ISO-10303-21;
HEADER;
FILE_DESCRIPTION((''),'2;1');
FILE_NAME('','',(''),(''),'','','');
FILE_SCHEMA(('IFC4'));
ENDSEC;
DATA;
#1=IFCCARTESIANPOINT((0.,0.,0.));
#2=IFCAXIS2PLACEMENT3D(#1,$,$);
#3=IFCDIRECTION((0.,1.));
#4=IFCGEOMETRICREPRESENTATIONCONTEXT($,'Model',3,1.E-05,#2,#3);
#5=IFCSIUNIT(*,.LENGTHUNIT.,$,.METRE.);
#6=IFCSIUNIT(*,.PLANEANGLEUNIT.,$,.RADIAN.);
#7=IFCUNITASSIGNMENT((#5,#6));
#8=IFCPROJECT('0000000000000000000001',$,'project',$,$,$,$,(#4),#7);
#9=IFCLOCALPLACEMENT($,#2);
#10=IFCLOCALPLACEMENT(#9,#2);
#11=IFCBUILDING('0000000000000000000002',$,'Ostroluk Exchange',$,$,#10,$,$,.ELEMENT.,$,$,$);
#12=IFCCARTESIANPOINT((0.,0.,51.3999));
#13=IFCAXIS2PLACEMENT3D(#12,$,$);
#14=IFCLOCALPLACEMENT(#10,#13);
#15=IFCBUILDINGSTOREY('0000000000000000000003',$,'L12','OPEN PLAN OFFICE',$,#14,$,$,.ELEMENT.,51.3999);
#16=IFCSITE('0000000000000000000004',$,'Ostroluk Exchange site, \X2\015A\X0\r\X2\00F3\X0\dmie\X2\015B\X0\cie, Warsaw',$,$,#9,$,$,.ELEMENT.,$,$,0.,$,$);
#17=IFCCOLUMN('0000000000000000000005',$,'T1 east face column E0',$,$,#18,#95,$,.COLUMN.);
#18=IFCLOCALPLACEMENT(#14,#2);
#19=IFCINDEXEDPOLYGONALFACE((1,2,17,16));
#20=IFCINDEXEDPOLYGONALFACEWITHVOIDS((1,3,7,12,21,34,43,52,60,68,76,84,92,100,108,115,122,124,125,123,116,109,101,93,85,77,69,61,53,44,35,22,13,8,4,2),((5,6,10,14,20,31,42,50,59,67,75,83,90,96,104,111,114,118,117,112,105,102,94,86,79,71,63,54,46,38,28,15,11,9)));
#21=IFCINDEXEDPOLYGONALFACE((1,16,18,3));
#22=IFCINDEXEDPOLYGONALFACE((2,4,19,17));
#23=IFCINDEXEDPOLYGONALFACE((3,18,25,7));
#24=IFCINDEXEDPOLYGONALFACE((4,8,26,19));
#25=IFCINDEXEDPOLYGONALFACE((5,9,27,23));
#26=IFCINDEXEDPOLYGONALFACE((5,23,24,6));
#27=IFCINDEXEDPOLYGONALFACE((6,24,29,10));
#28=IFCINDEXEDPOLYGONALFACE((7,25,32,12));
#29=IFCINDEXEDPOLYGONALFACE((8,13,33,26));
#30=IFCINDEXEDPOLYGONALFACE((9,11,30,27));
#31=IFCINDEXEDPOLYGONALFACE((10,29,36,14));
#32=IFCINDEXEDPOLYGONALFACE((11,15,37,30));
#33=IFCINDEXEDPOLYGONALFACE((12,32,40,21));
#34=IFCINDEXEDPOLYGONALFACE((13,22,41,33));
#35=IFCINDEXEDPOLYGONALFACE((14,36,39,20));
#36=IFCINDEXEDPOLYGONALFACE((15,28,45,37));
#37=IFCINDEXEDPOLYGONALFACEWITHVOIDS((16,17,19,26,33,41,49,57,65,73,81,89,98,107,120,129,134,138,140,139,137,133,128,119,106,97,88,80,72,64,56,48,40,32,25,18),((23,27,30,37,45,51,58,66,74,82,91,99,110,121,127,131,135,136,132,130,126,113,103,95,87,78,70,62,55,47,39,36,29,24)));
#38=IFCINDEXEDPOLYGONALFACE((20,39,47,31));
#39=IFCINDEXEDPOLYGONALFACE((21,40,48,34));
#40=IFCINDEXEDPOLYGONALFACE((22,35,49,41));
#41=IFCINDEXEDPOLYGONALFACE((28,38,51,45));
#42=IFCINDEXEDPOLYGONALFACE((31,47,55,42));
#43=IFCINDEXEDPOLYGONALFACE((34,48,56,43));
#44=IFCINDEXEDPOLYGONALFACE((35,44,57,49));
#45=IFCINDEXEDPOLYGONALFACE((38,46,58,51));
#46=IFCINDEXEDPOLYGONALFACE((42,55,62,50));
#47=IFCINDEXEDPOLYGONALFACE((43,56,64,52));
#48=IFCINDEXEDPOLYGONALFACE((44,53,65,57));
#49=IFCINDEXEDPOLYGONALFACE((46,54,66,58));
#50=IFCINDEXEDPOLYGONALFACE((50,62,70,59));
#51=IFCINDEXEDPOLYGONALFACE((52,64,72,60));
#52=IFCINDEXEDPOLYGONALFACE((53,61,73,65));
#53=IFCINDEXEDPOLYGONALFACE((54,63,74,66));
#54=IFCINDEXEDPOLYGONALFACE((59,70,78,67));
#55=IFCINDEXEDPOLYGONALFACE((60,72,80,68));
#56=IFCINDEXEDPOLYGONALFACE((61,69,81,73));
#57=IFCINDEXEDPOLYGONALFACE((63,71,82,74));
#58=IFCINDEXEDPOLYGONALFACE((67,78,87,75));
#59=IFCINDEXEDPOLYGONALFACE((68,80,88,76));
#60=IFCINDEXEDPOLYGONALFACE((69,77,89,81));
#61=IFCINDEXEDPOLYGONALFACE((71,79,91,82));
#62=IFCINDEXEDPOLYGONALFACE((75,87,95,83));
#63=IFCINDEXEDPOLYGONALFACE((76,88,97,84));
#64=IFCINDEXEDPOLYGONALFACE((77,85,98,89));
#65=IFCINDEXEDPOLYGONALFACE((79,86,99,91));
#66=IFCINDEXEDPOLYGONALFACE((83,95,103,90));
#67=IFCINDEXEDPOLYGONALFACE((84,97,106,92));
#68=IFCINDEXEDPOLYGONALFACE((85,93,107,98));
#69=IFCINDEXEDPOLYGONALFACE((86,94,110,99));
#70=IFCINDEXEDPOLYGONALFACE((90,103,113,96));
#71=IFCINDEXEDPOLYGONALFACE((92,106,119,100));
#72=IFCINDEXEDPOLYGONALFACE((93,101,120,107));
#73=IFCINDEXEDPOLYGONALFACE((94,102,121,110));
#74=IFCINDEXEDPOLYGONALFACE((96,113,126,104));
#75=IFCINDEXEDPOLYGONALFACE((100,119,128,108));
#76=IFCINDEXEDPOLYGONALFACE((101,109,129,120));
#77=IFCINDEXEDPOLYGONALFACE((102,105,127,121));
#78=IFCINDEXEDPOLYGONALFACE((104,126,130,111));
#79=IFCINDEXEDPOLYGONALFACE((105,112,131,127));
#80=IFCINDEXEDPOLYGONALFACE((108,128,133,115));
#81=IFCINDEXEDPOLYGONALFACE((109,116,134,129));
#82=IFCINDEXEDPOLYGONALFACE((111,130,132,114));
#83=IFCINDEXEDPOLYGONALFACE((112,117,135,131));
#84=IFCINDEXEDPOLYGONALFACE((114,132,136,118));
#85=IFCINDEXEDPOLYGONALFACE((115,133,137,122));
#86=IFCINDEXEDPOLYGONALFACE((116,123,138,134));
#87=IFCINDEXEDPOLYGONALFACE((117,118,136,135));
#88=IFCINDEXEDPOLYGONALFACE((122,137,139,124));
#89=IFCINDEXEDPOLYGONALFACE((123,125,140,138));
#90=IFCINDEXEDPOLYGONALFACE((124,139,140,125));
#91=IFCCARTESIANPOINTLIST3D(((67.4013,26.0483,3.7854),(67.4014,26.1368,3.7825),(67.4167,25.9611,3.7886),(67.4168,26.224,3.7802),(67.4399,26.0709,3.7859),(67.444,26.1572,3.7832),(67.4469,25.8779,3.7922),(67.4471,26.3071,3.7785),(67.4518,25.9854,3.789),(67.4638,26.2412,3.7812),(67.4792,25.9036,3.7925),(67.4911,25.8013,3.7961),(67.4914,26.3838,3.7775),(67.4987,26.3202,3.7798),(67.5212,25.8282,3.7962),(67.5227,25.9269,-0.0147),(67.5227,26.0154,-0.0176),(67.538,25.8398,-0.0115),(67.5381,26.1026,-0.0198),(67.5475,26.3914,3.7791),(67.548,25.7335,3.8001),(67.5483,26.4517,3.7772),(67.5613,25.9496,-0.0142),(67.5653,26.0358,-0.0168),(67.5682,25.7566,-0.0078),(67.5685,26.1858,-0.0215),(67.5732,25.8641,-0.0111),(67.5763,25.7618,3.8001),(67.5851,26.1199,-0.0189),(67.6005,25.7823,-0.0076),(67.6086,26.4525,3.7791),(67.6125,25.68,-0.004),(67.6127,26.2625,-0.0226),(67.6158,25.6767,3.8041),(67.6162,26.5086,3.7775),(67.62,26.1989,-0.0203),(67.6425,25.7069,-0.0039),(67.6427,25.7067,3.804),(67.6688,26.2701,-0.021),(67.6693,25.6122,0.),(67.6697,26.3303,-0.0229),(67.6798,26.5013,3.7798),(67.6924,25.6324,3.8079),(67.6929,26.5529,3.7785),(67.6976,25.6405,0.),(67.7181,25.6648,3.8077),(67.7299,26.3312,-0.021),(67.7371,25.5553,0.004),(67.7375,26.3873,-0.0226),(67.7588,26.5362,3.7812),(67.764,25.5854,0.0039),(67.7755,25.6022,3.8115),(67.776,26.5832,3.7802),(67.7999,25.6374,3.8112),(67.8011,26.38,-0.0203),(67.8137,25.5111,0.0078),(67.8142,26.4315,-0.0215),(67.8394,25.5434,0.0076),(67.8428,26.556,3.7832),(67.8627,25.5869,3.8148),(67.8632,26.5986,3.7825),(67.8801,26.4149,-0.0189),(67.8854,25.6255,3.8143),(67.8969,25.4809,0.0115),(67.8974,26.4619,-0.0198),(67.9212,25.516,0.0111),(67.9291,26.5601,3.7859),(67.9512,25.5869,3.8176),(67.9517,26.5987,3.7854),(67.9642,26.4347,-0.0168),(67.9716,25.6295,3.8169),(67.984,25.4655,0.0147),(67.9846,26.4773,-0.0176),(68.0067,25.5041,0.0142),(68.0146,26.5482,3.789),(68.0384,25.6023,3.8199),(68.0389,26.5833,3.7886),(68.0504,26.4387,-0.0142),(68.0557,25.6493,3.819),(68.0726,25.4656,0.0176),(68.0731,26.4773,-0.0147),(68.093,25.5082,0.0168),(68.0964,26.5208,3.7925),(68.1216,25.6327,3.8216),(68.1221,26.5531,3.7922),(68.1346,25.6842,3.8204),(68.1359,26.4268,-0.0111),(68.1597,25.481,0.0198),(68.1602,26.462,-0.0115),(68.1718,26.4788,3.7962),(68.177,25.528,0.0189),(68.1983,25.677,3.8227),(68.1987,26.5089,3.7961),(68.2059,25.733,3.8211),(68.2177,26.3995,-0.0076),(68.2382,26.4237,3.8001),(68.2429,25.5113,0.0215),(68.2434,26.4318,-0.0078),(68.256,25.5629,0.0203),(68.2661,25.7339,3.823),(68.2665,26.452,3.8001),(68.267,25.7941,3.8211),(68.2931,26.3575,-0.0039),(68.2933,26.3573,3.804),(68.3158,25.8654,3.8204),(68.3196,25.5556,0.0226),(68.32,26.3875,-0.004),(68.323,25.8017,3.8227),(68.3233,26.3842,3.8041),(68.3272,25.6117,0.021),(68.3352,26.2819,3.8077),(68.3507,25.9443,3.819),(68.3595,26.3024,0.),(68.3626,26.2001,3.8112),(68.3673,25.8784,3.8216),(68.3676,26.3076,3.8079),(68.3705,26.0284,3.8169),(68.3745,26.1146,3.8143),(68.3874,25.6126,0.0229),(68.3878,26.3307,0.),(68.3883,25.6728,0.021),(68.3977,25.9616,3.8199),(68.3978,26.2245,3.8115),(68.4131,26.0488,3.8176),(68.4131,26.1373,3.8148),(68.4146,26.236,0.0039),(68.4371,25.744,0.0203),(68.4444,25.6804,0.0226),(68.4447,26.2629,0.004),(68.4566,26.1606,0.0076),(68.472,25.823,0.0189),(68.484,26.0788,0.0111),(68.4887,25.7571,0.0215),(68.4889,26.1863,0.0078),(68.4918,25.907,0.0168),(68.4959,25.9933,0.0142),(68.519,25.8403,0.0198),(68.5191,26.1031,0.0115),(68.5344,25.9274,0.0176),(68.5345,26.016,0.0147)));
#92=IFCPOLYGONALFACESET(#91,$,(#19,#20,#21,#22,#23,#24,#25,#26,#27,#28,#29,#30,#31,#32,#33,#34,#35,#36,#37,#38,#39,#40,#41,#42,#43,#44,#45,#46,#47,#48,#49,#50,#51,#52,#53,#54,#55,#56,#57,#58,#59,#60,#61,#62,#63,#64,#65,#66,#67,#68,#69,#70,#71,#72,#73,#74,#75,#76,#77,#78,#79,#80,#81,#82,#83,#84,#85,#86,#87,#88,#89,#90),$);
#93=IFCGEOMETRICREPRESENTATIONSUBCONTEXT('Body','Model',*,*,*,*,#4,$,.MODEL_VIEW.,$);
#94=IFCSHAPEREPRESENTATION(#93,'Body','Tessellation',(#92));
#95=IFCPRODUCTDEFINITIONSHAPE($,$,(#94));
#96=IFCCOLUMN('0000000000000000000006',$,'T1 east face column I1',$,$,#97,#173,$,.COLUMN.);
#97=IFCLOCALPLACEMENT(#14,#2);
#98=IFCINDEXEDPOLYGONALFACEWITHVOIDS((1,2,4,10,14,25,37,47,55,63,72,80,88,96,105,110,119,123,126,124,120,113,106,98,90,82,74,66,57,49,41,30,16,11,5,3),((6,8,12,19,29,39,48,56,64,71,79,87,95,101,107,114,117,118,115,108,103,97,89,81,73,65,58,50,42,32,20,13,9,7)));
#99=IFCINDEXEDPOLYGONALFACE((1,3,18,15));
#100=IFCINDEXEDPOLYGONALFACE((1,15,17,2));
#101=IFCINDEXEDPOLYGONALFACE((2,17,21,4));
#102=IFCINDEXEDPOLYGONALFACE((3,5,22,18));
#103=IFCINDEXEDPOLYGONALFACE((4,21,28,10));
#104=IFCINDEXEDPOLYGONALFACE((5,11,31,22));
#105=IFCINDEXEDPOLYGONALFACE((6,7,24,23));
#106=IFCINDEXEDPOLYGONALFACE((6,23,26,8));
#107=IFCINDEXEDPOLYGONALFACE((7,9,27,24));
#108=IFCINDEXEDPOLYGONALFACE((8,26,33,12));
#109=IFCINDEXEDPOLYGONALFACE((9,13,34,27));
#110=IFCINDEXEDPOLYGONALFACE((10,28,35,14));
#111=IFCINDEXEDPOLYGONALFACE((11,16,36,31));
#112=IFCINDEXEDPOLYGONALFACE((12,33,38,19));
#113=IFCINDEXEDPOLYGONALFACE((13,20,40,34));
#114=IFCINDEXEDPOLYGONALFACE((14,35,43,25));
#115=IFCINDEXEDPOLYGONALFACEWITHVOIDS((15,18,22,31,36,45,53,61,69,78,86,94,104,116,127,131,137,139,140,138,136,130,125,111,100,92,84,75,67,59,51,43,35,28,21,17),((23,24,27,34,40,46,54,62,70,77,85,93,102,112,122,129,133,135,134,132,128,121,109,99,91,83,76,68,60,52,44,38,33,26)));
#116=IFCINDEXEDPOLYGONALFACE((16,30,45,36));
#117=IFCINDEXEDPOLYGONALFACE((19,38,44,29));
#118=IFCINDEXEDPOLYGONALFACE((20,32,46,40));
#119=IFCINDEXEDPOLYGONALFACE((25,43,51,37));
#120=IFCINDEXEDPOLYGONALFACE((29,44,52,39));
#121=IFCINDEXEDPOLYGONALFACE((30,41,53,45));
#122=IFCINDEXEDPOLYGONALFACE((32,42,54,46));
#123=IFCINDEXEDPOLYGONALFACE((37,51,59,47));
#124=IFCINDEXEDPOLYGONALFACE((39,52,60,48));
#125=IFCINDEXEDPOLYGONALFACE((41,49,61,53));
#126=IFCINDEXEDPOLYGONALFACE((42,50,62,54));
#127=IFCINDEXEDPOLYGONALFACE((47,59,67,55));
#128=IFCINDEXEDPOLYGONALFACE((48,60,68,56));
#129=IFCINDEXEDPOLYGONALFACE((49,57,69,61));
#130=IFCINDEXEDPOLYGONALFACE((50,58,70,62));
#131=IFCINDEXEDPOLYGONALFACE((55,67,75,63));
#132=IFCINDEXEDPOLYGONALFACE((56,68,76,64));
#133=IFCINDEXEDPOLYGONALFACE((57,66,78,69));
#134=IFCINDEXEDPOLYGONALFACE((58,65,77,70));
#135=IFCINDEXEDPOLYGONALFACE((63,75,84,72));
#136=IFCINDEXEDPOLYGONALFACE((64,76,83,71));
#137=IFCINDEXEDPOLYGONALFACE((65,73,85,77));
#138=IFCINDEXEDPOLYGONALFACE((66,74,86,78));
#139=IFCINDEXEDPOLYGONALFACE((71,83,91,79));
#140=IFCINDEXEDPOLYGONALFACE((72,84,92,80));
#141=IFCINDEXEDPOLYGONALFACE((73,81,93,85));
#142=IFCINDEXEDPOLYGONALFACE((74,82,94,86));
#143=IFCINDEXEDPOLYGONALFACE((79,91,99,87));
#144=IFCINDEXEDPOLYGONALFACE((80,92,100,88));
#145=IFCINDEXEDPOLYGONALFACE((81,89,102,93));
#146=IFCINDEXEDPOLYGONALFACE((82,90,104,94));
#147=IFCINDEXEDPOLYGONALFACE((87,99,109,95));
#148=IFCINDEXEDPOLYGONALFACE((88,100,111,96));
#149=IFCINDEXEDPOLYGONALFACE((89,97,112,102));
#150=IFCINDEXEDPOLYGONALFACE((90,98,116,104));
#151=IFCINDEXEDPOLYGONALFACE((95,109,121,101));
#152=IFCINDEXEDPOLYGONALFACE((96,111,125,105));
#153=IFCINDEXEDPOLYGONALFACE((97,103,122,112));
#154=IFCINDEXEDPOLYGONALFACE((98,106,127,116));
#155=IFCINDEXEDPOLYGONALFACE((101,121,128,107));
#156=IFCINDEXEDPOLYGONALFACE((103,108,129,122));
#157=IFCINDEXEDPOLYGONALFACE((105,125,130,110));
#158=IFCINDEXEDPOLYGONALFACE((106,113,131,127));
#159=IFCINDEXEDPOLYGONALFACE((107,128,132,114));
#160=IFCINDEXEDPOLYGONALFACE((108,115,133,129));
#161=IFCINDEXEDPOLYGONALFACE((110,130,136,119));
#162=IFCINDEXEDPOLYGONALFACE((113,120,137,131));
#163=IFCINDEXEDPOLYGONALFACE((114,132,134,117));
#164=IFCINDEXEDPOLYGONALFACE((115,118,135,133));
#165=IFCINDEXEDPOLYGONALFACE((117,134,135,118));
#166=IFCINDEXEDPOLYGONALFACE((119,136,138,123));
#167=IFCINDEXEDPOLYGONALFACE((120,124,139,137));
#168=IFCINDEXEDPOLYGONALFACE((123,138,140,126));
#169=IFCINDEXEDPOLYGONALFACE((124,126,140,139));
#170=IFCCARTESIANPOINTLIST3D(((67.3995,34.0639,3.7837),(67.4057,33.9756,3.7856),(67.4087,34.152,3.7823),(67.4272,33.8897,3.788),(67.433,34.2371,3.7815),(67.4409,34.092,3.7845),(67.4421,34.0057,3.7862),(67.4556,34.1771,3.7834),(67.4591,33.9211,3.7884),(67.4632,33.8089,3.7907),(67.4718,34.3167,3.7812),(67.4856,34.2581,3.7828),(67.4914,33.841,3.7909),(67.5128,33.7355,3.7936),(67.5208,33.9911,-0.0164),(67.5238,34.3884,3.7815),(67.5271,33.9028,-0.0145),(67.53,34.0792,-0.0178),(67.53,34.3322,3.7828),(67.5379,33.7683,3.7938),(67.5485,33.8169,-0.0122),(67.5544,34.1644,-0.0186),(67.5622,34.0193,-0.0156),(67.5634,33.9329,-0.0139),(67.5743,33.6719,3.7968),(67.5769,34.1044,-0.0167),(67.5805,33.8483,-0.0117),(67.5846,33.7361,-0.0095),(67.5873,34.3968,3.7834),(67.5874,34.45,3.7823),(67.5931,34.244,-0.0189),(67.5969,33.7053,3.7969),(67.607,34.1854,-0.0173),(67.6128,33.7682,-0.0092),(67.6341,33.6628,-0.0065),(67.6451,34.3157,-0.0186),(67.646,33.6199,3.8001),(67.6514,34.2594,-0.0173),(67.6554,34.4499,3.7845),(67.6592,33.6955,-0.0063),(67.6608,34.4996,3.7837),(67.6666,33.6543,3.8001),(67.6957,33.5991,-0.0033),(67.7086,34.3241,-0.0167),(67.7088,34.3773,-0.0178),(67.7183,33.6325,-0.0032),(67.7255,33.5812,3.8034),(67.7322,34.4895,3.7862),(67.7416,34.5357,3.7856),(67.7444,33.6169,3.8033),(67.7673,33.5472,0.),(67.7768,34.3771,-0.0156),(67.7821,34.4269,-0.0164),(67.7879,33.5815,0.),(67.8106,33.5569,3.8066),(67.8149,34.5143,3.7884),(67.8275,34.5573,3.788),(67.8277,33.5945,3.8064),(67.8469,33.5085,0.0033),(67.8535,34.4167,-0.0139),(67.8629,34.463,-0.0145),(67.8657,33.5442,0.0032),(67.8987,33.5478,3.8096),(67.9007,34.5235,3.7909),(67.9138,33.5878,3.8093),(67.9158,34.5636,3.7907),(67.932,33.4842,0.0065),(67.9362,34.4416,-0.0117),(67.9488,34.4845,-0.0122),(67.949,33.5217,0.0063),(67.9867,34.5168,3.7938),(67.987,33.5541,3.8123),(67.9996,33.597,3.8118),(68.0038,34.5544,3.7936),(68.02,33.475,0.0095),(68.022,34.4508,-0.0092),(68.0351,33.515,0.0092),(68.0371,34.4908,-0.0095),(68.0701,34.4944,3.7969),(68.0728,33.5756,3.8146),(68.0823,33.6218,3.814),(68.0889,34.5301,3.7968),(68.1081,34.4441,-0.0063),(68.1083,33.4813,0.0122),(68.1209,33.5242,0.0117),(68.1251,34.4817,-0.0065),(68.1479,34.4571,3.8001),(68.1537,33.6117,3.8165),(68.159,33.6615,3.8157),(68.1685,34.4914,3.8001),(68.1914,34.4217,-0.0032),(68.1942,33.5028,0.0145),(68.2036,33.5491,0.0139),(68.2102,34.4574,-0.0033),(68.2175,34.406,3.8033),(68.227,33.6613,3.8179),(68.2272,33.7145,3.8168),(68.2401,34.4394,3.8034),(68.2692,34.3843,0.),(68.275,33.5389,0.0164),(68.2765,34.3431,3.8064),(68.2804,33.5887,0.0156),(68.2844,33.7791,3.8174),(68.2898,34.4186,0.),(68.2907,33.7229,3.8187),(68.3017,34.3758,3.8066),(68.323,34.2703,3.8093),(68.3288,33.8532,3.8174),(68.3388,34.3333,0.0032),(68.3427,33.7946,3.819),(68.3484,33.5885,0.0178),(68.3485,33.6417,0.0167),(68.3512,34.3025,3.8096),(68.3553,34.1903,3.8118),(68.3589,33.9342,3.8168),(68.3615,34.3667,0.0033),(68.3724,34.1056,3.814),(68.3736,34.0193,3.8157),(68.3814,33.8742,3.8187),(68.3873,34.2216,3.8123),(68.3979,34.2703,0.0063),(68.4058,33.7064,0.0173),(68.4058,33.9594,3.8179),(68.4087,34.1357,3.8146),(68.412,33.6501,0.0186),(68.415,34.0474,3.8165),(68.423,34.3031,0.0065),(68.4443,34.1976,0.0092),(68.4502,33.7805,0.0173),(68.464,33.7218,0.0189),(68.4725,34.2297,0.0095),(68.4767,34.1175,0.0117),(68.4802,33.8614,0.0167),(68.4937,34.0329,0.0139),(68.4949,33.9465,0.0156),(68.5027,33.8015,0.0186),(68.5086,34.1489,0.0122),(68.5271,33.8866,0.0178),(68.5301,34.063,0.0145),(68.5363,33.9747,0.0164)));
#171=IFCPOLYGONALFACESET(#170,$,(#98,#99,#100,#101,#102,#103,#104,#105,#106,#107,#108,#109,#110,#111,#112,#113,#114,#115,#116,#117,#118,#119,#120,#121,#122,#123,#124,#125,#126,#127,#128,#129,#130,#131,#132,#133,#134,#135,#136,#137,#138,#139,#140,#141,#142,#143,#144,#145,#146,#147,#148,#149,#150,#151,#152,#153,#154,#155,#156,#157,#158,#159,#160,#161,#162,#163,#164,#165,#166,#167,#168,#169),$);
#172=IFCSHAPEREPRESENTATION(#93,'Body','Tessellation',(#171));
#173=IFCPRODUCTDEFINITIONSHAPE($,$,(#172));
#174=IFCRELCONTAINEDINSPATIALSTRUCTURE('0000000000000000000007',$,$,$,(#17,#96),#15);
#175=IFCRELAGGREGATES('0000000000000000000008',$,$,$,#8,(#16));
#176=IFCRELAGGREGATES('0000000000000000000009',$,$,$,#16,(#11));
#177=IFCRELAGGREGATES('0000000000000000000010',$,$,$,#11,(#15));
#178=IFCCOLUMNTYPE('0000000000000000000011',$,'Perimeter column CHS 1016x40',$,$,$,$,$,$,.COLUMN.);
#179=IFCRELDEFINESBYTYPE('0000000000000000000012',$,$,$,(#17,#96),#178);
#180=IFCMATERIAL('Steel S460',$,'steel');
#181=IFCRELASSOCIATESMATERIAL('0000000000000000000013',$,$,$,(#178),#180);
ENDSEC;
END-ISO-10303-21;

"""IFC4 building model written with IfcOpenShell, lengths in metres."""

from ifc_helpers import new_model, si_unit, direction, frame, origin, origin_2d, place, context, subcontext, project, spatial, hollow_circle, extrude, material, material_profile, profile_set, type_object, element, save


model = new_model("IFC4")

# Units and contexts
model_context = context("Model", 3, precision=1e-05, world=origin(), true_north=direction((0.0, 1.0)))
body_context = subcontext(model_context, "Body", "Model", "MODEL_VIEW")
ifc_project = project(units=[si_unit("LENGTHUNIT", "METRE"), si_unit("PLANEANGLEUNIT", "RADIAN")], contexts=[model_context])

# Site, building, storey
site_placement = place(None, origin())
site = spatial("IfcSite", under=ifc_project, at=site_placement, Name="Ostroluk Exchange site, Śródmieście, Warsaw", CompositionType="ELEMENT", RefElevation=0.0)
building_placement = place(site_placement, origin())
building = spatial("IfcBuilding", under=site, at=building_placement, Name="Ostroluk Exchange", CompositionType="ELEMENT")
storey_placement = place(building_placement, frame((0.0, 0.0, 51.3999)))
storey = spatial("IfcBuildingStorey", under=building, at=storey_placement, Name="L12", Description="OPEN PLAN OFFICE", CompositionType="ELEMENT", Elevation=51.3999)

# Columns
ifc_material_1 = material(Name="Steel S460", Category="steel")
ifc_material_profile_1 = material_profile(ifc_material_1, hollow_circle(Radius=0.5081, WallThickness=0.04, at=origin_2d()), Name="CHS 1016x40")
ifc_profile_set_1 = profile_set([ifc_material_profile_1], Name="Steel S460")
column_type_1 = type_object("IfcColumnType", Name="Perimeter column CHS 1016x40", PredefinedType="COLUMN", material=ifc_profile_set_1)
column_1_placement = place(storey_placement, frame((68.0286, 25.9714, 0.0), z_axis=(-0.031898, 0.031898, 0.998982), x_axis=(-0.707107, -0.707107, 0.0)))
element("IfcColumn", 1, at=column_1_placement, inside=storey, type_object=column_type_1, Name="T1 east face column E0", PredefinedType="COLUMN", context=body_context, shape_type="SweptSolid", body=[
    extrude(hollow_circle(Radius=0.5081, WallThickness=0.04, at=origin_2d()), origin(), (0.0, 0.0, 1.0), 3.804),
])
column_2_placement = place(storey_placement, frame((68.0286, 33.9829, 0.0), z_axis=(-0.031909, 0.019132, 0.999308), x_axis=(-0.514242, -0.857645, 0.0)))
element("IfcColumn", 2, at=column_2_placement, inside=storey, type_object=column_type_1, Name="T1 east face column I1", PredefinedType="COLUMN", context=body_context, shape_type="SweptSolid", body=[
    extrude(hollow_circle(Radius=0.5081, WallThickness=0.04, at=origin_2d()), origin(), (0.0, 0.0, 1.0), 3.8027),
])

save(model, "model.ifc")
